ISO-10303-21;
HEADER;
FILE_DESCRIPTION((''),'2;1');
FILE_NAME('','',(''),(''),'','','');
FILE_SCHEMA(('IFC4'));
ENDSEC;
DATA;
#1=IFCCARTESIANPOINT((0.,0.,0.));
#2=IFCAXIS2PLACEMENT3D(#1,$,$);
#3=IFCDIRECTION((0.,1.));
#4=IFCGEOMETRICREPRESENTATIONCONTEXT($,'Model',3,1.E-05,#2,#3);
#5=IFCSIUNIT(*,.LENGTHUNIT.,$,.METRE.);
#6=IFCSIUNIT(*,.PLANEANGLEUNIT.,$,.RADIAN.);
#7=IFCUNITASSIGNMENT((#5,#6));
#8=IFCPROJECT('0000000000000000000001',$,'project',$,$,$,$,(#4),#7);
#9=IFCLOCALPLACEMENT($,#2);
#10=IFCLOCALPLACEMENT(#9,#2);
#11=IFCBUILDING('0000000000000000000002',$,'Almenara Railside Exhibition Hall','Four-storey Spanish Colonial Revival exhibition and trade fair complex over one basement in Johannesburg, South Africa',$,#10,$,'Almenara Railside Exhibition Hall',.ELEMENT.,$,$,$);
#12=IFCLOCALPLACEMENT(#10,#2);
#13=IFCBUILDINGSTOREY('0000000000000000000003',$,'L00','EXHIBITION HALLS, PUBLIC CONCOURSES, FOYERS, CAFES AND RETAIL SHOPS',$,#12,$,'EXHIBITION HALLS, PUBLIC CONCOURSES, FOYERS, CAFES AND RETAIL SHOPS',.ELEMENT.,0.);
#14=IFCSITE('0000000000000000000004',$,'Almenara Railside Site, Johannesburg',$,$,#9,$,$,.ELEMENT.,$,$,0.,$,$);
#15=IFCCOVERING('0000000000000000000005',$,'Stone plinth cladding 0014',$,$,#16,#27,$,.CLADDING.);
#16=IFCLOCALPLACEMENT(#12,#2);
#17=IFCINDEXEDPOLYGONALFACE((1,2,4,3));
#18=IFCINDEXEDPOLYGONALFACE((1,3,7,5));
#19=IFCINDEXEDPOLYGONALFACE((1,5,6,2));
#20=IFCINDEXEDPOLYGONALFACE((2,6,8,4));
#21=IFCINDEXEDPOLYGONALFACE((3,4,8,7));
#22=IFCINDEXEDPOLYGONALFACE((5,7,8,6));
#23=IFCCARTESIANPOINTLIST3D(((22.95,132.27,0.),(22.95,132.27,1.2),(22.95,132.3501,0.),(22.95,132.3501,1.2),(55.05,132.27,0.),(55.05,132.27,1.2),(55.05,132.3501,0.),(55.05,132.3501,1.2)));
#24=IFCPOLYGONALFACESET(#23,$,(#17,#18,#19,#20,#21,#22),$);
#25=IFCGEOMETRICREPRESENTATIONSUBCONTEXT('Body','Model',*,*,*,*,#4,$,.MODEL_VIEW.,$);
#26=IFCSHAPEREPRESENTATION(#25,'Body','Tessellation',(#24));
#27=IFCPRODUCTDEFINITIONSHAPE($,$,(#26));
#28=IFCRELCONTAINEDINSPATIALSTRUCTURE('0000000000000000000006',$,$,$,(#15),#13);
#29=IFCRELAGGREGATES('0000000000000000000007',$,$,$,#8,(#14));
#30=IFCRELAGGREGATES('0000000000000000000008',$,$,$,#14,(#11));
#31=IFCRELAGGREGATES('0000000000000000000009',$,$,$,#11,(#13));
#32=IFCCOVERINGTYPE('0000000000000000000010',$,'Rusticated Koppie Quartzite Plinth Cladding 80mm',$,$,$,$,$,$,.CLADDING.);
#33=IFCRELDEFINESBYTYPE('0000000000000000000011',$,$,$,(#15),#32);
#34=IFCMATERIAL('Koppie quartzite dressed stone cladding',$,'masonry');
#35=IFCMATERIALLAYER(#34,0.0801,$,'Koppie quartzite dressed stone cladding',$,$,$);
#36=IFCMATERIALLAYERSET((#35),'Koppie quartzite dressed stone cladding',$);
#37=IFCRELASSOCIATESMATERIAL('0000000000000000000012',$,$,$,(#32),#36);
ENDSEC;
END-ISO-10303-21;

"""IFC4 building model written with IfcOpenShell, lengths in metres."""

from ifc_helpers import new_model, si_unit, direction, frame, origin, origin_2d, place, context, subcontext, project, spatial, rectangle, extrude, material, layer, layer_set, type_object, element, save


model = new_model("IFC4")

# Units and contexts
model_context = context("Model", 3, precision=1e-05, world=origin(), true_north=direction((0.0, 1.0)))
body_context = subcontext(model_context, "Body", "Model", "MODEL_VIEW")
ifc_project = project(units=[si_unit("LENGTHUNIT", "METRE"), si_unit("PLANEANGLEUNIT", "RADIAN")], contexts=[model_context])

# Site, building, storey
site_placement = place(None, origin())
site = spatial("IfcSite", under=ifc_project, at=site_placement, Name="Almenara Railside Site, Johannesburg", CompositionType="ELEMENT", RefElevation=0.0)
building_placement = place(site_placement, origin())
building = spatial("IfcBuilding", under=site, at=building_placement, Name="Almenara Railside Exhibition Hall", Description="Four-storey Spanish Colonial Revival exhibition and trade fair complex over one basement in Johannesburg, South Africa", LongName="Almenara Railside Exhibition Hall", CompositionType="ELEMENT")
storey_placement = place(building_placement, origin())
storey = spatial("IfcBuildingStorey", under=building, at=storey_placement, Name="L00", Description="EXHIBITION HALLS, PUBLIC CONCOURSES, FOYERS, CAFES AND RETAIL SHOPS", LongName="EXHIBITION HALLS, PUBLIC CONCOURSES, FOYERS, CAFES AND RETAIL SHOPS", CompositionType="ELEMENT", Elevation=0.0)

# Covering
ifc_material_1 = material(Name="Koppie quartzite dressed stone cladding", Category="masonry")
ifc_layer_1 = layer(ifc_material_1, 0.0801, Name="Koppie quartzite dressed stone cladding")
ifc_layer_set_1 = layer_set([ifc_layer_1], Name="Koppie quartzite dressed stone cladding")
covering_type = type_object("IfcCoveringType", Name="Rusticated Koppie Quartzite Plinth Cladding 80mm", PredefinedType="CLADDING", material=ifc_layer_set_1)
covering_placement = place(storey_placement, frame((39.0, 132.3101, 0.0), z_axis=(0.0, 0.0, 1.0), x_axis=(-1.0, 0.0, 0.0)))
element("IfcCovering", 1, at=covering_placement, inside=storey, type_object=covering_type, Name="Stone plinth cladding 0014", PredefinedType="CLADDING", context=body_context, shape_type="SweptSolid", body=[
    extrude(rectangle(XDim=32.1001, YDim=0.0801, at=origin_2d()), origin(), (0.0, 0.0, 1.0), 1.2),
])

save(model, "model.ifc")
